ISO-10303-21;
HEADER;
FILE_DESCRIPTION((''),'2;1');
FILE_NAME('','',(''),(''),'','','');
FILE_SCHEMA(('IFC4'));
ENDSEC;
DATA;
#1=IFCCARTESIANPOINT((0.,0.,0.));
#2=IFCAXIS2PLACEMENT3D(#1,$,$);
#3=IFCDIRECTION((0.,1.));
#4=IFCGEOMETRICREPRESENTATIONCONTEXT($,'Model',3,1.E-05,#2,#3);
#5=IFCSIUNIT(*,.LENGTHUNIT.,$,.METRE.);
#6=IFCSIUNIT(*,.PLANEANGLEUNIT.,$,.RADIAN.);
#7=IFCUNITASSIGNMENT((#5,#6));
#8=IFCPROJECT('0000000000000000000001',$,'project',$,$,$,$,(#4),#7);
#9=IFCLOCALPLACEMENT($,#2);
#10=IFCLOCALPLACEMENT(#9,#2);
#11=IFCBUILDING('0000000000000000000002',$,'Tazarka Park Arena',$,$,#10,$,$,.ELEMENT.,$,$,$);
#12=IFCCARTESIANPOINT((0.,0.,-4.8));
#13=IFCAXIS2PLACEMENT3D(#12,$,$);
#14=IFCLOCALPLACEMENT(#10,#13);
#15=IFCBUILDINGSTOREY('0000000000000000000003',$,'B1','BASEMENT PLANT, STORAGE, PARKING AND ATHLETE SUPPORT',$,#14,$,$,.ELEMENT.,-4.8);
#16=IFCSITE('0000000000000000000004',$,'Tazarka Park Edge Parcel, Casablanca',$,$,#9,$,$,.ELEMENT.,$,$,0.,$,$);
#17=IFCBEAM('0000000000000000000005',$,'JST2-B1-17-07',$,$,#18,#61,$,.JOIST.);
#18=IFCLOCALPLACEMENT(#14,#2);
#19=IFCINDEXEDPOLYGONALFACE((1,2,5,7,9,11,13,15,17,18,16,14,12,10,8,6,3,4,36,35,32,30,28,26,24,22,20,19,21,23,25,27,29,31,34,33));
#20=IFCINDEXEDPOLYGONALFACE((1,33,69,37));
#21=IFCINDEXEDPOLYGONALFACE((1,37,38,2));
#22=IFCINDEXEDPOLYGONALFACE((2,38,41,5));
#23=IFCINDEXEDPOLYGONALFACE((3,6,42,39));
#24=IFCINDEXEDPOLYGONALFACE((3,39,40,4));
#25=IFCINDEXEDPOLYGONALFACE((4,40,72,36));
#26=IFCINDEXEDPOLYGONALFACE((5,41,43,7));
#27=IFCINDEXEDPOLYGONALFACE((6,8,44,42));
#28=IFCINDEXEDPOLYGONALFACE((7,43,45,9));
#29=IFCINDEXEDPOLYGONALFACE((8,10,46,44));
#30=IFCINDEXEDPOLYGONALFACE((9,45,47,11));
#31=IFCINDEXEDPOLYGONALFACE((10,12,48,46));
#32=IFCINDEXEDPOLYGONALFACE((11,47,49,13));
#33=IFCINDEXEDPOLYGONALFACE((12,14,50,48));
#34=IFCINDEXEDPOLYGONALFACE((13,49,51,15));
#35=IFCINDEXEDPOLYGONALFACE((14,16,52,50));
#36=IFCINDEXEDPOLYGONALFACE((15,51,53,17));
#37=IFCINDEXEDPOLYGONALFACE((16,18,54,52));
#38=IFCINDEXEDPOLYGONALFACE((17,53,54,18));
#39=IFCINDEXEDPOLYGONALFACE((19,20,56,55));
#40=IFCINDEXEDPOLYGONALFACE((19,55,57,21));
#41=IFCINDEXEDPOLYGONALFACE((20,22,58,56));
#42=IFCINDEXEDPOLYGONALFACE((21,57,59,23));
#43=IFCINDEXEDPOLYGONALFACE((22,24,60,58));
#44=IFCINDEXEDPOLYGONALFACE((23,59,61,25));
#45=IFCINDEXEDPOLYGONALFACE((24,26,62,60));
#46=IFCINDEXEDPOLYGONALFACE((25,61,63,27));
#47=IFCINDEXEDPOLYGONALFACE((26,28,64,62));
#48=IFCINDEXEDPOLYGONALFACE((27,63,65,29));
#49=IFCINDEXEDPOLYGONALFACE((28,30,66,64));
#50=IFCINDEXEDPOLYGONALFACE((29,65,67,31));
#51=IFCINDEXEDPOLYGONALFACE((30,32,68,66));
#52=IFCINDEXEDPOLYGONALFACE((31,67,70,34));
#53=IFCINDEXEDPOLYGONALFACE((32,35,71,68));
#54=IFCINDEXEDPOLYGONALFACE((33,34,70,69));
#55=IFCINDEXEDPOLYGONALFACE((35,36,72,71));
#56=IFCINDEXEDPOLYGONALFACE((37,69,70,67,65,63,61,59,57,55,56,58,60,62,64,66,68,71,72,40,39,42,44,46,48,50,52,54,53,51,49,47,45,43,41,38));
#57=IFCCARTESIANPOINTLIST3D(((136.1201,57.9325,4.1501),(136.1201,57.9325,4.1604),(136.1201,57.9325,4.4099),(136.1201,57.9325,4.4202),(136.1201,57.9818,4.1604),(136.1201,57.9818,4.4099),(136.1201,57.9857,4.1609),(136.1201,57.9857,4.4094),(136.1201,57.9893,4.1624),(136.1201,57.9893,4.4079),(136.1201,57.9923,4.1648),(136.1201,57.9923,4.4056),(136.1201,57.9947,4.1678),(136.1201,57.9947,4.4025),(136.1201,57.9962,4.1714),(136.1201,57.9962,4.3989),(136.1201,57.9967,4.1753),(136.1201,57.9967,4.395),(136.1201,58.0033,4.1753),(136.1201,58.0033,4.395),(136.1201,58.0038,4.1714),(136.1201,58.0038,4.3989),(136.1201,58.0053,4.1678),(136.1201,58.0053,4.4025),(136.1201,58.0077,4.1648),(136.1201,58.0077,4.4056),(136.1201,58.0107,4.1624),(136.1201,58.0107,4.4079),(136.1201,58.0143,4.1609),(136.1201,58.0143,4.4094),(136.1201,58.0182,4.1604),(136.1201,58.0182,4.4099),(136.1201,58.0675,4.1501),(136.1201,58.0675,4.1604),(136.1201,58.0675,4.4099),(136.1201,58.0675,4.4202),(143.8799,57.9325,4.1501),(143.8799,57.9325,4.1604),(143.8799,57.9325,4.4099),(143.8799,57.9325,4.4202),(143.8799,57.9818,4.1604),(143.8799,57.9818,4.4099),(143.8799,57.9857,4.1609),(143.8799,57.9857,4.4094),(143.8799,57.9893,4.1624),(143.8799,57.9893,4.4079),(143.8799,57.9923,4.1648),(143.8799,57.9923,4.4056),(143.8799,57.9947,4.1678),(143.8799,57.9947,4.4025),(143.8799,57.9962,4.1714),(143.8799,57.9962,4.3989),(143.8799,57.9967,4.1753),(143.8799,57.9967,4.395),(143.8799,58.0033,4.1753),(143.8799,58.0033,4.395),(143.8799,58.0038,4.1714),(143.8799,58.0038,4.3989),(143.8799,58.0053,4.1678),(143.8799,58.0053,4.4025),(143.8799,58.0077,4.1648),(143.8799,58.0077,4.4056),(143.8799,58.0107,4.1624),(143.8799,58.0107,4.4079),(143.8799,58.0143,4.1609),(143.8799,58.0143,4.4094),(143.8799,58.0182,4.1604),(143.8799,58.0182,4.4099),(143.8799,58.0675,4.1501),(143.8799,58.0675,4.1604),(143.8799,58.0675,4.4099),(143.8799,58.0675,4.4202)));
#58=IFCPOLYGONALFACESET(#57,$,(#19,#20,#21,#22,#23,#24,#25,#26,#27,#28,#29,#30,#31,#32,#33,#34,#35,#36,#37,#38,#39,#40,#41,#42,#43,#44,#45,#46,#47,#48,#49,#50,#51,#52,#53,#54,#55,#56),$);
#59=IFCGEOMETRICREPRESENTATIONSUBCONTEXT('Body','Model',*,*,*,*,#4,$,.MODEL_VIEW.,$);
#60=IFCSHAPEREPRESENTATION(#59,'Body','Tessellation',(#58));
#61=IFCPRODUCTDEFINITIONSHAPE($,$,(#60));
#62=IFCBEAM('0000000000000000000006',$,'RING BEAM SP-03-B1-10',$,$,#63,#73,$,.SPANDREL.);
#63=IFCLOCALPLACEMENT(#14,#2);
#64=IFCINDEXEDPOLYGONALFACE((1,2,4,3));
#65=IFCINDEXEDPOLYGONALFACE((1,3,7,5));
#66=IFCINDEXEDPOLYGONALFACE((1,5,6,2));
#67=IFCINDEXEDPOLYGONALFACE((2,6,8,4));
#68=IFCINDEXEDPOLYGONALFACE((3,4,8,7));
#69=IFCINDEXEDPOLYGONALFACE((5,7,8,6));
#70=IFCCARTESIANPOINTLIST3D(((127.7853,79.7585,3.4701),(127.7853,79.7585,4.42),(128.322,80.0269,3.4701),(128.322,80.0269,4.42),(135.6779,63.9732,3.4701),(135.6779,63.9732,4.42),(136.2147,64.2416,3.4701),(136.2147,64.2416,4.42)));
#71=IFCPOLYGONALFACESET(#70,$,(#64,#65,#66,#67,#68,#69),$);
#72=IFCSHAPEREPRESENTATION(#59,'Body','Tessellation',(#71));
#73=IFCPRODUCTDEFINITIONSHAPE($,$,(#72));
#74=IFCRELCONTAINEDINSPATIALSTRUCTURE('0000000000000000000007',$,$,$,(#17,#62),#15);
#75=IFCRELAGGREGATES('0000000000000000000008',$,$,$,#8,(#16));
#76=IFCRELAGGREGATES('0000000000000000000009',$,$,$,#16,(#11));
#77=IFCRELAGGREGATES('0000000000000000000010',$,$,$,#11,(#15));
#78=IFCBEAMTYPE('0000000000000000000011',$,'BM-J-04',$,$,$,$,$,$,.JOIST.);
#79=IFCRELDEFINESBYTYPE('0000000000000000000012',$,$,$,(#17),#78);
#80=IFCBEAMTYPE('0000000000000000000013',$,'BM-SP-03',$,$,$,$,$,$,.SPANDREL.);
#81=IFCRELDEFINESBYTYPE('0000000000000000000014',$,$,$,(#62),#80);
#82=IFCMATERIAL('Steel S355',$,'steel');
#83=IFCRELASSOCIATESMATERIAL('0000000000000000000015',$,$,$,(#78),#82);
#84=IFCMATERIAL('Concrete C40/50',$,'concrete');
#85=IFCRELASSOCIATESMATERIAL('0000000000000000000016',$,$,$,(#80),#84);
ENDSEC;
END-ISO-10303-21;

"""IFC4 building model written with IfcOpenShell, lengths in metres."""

from ifc_helpers import new_model, si_unit, direction, frame, origin, origin_2d, place, context, subcontext, project, spatial, rectangle, i_section, extrude, material, material_profile, profile_set, type_object, element, save


model = new_model("IFC4")

# Units and contexts
model_context = context("Model", 3, precision=1e-05, world=origin(), true_north=direction((0.0, 1.0)))
body_context = subcontext(model_context, "Body", "Model", "MODEL_VIEW")
ifc_project = project(units=[si_unit("LENGTHUNIT", "METRE"), si_unit("PLANEANGLEUNIT", "RADIAN")], contexts=[model_context])

# Site, building, storey
site_placement = place(None, origin())
site = spatial("IfcSite", under=ifc_project, at=site_placement, Name="Tazarka Park Edge Parcel, Casablanca", CompositionType="ELEMENT", RefElevation=0.0)
building_placement = place(site_placement, origin())
building = spatial("IfcBuilding", under=site, at=building_placement, Name="Tazarka Park Arena", CompositionType="ELEMENT")
storey_placement = place(building_placement, frame((0.0, 0.0, -4.8)))
storey = spatial("IfcBuildingStorey", under=building, at=storey_placement, Name="B1", Description="BASEMENT PLANT, STORAGE, PARKING AND ATHLETE SUPPORT", CompositionType="ELEMENT", Elevation=-4.8)

# Beams
ifc_material_1 = material(Name="Steel S355", Category="steel")
ifc_material_profile_1 = material_profile(ifc_material_1, i_section(OverallWidth=0.135, OverallDepth=0.27, WebThickness=0.0066, FlangeThickness=0.0103, FilletRadius=0.0149, at=origin_2d()), Name="Steel S355")
ifc_profile_set_1 = profile_set([ifc_material_profile_1], Name="Steel S355")
beam_type_1 = type_object("IfcBeamType", Name="BM-J-04", PredefinedType="JOIST", material=ifc_profile_set_1)
beam_1_placement = place(storey_placement, frame((136.1201, 58.0, 4.2852), z_axis=(1.0, 0.0, 0.0), x_axis=(0.0, 1.0, 0.0)))
element("IfcBeam", 1, at=beam_1_placement, inside=storey, type_object=beam_type_1, Name="JST2-B1-17-07", PredefinedType="JOIST", context=body_context, shape_type="SweptSolid", body=[
    extrude(i_section(OverallWidth=0.135, OverallDepth=0.27, WebThickness=0.0066, FlangeThickness=0.0103, FilletRadius=0.0149, at=origin_2d()), origin(), (0.0, 0.0, 1.0), 7.7598),
])
ifc_material_2 = material(Name="Concrete C40/50", Category="concrete")
ifc_material_profile_2 = material_profile(ifc_material_2, rectangle(XDim=0.6001, YDim=0.95, at=origin_2d()), Name="Concrete C40/50")
ifc_profile_set_2 = profile_set([ifc_material_profile_2], Name="Concrete C40/50")
beam_type_2 = type_object("IfcBeamType", Name="BM-SP-03", PredefinedType="SPANDREL", material=ifc_profile_set_2)
beam_2_placement = place(storey_placement, frame((135.9463, 64.1074, 3.9451), z_axis=(-0.447214, 0.894427, 0.0), x_axis=(-0.894427, -0.447214, 0.0)))
element("IfcBeam", 2, at=beam_2_placement, inside=storey, type_object=beam_type_2, Name="RING BEAM SP-03-B1-10", PredefinedType="SPANDREL", context=body_context, shape_type="SweptSolid", body=[
    extrude(rectangle(XDim=0.6001, YDim=0.95, at=origin_2d()), origin(), (0.0, 0.0, 1.0), 17.6484),
])

save(model, "model.ifc")
